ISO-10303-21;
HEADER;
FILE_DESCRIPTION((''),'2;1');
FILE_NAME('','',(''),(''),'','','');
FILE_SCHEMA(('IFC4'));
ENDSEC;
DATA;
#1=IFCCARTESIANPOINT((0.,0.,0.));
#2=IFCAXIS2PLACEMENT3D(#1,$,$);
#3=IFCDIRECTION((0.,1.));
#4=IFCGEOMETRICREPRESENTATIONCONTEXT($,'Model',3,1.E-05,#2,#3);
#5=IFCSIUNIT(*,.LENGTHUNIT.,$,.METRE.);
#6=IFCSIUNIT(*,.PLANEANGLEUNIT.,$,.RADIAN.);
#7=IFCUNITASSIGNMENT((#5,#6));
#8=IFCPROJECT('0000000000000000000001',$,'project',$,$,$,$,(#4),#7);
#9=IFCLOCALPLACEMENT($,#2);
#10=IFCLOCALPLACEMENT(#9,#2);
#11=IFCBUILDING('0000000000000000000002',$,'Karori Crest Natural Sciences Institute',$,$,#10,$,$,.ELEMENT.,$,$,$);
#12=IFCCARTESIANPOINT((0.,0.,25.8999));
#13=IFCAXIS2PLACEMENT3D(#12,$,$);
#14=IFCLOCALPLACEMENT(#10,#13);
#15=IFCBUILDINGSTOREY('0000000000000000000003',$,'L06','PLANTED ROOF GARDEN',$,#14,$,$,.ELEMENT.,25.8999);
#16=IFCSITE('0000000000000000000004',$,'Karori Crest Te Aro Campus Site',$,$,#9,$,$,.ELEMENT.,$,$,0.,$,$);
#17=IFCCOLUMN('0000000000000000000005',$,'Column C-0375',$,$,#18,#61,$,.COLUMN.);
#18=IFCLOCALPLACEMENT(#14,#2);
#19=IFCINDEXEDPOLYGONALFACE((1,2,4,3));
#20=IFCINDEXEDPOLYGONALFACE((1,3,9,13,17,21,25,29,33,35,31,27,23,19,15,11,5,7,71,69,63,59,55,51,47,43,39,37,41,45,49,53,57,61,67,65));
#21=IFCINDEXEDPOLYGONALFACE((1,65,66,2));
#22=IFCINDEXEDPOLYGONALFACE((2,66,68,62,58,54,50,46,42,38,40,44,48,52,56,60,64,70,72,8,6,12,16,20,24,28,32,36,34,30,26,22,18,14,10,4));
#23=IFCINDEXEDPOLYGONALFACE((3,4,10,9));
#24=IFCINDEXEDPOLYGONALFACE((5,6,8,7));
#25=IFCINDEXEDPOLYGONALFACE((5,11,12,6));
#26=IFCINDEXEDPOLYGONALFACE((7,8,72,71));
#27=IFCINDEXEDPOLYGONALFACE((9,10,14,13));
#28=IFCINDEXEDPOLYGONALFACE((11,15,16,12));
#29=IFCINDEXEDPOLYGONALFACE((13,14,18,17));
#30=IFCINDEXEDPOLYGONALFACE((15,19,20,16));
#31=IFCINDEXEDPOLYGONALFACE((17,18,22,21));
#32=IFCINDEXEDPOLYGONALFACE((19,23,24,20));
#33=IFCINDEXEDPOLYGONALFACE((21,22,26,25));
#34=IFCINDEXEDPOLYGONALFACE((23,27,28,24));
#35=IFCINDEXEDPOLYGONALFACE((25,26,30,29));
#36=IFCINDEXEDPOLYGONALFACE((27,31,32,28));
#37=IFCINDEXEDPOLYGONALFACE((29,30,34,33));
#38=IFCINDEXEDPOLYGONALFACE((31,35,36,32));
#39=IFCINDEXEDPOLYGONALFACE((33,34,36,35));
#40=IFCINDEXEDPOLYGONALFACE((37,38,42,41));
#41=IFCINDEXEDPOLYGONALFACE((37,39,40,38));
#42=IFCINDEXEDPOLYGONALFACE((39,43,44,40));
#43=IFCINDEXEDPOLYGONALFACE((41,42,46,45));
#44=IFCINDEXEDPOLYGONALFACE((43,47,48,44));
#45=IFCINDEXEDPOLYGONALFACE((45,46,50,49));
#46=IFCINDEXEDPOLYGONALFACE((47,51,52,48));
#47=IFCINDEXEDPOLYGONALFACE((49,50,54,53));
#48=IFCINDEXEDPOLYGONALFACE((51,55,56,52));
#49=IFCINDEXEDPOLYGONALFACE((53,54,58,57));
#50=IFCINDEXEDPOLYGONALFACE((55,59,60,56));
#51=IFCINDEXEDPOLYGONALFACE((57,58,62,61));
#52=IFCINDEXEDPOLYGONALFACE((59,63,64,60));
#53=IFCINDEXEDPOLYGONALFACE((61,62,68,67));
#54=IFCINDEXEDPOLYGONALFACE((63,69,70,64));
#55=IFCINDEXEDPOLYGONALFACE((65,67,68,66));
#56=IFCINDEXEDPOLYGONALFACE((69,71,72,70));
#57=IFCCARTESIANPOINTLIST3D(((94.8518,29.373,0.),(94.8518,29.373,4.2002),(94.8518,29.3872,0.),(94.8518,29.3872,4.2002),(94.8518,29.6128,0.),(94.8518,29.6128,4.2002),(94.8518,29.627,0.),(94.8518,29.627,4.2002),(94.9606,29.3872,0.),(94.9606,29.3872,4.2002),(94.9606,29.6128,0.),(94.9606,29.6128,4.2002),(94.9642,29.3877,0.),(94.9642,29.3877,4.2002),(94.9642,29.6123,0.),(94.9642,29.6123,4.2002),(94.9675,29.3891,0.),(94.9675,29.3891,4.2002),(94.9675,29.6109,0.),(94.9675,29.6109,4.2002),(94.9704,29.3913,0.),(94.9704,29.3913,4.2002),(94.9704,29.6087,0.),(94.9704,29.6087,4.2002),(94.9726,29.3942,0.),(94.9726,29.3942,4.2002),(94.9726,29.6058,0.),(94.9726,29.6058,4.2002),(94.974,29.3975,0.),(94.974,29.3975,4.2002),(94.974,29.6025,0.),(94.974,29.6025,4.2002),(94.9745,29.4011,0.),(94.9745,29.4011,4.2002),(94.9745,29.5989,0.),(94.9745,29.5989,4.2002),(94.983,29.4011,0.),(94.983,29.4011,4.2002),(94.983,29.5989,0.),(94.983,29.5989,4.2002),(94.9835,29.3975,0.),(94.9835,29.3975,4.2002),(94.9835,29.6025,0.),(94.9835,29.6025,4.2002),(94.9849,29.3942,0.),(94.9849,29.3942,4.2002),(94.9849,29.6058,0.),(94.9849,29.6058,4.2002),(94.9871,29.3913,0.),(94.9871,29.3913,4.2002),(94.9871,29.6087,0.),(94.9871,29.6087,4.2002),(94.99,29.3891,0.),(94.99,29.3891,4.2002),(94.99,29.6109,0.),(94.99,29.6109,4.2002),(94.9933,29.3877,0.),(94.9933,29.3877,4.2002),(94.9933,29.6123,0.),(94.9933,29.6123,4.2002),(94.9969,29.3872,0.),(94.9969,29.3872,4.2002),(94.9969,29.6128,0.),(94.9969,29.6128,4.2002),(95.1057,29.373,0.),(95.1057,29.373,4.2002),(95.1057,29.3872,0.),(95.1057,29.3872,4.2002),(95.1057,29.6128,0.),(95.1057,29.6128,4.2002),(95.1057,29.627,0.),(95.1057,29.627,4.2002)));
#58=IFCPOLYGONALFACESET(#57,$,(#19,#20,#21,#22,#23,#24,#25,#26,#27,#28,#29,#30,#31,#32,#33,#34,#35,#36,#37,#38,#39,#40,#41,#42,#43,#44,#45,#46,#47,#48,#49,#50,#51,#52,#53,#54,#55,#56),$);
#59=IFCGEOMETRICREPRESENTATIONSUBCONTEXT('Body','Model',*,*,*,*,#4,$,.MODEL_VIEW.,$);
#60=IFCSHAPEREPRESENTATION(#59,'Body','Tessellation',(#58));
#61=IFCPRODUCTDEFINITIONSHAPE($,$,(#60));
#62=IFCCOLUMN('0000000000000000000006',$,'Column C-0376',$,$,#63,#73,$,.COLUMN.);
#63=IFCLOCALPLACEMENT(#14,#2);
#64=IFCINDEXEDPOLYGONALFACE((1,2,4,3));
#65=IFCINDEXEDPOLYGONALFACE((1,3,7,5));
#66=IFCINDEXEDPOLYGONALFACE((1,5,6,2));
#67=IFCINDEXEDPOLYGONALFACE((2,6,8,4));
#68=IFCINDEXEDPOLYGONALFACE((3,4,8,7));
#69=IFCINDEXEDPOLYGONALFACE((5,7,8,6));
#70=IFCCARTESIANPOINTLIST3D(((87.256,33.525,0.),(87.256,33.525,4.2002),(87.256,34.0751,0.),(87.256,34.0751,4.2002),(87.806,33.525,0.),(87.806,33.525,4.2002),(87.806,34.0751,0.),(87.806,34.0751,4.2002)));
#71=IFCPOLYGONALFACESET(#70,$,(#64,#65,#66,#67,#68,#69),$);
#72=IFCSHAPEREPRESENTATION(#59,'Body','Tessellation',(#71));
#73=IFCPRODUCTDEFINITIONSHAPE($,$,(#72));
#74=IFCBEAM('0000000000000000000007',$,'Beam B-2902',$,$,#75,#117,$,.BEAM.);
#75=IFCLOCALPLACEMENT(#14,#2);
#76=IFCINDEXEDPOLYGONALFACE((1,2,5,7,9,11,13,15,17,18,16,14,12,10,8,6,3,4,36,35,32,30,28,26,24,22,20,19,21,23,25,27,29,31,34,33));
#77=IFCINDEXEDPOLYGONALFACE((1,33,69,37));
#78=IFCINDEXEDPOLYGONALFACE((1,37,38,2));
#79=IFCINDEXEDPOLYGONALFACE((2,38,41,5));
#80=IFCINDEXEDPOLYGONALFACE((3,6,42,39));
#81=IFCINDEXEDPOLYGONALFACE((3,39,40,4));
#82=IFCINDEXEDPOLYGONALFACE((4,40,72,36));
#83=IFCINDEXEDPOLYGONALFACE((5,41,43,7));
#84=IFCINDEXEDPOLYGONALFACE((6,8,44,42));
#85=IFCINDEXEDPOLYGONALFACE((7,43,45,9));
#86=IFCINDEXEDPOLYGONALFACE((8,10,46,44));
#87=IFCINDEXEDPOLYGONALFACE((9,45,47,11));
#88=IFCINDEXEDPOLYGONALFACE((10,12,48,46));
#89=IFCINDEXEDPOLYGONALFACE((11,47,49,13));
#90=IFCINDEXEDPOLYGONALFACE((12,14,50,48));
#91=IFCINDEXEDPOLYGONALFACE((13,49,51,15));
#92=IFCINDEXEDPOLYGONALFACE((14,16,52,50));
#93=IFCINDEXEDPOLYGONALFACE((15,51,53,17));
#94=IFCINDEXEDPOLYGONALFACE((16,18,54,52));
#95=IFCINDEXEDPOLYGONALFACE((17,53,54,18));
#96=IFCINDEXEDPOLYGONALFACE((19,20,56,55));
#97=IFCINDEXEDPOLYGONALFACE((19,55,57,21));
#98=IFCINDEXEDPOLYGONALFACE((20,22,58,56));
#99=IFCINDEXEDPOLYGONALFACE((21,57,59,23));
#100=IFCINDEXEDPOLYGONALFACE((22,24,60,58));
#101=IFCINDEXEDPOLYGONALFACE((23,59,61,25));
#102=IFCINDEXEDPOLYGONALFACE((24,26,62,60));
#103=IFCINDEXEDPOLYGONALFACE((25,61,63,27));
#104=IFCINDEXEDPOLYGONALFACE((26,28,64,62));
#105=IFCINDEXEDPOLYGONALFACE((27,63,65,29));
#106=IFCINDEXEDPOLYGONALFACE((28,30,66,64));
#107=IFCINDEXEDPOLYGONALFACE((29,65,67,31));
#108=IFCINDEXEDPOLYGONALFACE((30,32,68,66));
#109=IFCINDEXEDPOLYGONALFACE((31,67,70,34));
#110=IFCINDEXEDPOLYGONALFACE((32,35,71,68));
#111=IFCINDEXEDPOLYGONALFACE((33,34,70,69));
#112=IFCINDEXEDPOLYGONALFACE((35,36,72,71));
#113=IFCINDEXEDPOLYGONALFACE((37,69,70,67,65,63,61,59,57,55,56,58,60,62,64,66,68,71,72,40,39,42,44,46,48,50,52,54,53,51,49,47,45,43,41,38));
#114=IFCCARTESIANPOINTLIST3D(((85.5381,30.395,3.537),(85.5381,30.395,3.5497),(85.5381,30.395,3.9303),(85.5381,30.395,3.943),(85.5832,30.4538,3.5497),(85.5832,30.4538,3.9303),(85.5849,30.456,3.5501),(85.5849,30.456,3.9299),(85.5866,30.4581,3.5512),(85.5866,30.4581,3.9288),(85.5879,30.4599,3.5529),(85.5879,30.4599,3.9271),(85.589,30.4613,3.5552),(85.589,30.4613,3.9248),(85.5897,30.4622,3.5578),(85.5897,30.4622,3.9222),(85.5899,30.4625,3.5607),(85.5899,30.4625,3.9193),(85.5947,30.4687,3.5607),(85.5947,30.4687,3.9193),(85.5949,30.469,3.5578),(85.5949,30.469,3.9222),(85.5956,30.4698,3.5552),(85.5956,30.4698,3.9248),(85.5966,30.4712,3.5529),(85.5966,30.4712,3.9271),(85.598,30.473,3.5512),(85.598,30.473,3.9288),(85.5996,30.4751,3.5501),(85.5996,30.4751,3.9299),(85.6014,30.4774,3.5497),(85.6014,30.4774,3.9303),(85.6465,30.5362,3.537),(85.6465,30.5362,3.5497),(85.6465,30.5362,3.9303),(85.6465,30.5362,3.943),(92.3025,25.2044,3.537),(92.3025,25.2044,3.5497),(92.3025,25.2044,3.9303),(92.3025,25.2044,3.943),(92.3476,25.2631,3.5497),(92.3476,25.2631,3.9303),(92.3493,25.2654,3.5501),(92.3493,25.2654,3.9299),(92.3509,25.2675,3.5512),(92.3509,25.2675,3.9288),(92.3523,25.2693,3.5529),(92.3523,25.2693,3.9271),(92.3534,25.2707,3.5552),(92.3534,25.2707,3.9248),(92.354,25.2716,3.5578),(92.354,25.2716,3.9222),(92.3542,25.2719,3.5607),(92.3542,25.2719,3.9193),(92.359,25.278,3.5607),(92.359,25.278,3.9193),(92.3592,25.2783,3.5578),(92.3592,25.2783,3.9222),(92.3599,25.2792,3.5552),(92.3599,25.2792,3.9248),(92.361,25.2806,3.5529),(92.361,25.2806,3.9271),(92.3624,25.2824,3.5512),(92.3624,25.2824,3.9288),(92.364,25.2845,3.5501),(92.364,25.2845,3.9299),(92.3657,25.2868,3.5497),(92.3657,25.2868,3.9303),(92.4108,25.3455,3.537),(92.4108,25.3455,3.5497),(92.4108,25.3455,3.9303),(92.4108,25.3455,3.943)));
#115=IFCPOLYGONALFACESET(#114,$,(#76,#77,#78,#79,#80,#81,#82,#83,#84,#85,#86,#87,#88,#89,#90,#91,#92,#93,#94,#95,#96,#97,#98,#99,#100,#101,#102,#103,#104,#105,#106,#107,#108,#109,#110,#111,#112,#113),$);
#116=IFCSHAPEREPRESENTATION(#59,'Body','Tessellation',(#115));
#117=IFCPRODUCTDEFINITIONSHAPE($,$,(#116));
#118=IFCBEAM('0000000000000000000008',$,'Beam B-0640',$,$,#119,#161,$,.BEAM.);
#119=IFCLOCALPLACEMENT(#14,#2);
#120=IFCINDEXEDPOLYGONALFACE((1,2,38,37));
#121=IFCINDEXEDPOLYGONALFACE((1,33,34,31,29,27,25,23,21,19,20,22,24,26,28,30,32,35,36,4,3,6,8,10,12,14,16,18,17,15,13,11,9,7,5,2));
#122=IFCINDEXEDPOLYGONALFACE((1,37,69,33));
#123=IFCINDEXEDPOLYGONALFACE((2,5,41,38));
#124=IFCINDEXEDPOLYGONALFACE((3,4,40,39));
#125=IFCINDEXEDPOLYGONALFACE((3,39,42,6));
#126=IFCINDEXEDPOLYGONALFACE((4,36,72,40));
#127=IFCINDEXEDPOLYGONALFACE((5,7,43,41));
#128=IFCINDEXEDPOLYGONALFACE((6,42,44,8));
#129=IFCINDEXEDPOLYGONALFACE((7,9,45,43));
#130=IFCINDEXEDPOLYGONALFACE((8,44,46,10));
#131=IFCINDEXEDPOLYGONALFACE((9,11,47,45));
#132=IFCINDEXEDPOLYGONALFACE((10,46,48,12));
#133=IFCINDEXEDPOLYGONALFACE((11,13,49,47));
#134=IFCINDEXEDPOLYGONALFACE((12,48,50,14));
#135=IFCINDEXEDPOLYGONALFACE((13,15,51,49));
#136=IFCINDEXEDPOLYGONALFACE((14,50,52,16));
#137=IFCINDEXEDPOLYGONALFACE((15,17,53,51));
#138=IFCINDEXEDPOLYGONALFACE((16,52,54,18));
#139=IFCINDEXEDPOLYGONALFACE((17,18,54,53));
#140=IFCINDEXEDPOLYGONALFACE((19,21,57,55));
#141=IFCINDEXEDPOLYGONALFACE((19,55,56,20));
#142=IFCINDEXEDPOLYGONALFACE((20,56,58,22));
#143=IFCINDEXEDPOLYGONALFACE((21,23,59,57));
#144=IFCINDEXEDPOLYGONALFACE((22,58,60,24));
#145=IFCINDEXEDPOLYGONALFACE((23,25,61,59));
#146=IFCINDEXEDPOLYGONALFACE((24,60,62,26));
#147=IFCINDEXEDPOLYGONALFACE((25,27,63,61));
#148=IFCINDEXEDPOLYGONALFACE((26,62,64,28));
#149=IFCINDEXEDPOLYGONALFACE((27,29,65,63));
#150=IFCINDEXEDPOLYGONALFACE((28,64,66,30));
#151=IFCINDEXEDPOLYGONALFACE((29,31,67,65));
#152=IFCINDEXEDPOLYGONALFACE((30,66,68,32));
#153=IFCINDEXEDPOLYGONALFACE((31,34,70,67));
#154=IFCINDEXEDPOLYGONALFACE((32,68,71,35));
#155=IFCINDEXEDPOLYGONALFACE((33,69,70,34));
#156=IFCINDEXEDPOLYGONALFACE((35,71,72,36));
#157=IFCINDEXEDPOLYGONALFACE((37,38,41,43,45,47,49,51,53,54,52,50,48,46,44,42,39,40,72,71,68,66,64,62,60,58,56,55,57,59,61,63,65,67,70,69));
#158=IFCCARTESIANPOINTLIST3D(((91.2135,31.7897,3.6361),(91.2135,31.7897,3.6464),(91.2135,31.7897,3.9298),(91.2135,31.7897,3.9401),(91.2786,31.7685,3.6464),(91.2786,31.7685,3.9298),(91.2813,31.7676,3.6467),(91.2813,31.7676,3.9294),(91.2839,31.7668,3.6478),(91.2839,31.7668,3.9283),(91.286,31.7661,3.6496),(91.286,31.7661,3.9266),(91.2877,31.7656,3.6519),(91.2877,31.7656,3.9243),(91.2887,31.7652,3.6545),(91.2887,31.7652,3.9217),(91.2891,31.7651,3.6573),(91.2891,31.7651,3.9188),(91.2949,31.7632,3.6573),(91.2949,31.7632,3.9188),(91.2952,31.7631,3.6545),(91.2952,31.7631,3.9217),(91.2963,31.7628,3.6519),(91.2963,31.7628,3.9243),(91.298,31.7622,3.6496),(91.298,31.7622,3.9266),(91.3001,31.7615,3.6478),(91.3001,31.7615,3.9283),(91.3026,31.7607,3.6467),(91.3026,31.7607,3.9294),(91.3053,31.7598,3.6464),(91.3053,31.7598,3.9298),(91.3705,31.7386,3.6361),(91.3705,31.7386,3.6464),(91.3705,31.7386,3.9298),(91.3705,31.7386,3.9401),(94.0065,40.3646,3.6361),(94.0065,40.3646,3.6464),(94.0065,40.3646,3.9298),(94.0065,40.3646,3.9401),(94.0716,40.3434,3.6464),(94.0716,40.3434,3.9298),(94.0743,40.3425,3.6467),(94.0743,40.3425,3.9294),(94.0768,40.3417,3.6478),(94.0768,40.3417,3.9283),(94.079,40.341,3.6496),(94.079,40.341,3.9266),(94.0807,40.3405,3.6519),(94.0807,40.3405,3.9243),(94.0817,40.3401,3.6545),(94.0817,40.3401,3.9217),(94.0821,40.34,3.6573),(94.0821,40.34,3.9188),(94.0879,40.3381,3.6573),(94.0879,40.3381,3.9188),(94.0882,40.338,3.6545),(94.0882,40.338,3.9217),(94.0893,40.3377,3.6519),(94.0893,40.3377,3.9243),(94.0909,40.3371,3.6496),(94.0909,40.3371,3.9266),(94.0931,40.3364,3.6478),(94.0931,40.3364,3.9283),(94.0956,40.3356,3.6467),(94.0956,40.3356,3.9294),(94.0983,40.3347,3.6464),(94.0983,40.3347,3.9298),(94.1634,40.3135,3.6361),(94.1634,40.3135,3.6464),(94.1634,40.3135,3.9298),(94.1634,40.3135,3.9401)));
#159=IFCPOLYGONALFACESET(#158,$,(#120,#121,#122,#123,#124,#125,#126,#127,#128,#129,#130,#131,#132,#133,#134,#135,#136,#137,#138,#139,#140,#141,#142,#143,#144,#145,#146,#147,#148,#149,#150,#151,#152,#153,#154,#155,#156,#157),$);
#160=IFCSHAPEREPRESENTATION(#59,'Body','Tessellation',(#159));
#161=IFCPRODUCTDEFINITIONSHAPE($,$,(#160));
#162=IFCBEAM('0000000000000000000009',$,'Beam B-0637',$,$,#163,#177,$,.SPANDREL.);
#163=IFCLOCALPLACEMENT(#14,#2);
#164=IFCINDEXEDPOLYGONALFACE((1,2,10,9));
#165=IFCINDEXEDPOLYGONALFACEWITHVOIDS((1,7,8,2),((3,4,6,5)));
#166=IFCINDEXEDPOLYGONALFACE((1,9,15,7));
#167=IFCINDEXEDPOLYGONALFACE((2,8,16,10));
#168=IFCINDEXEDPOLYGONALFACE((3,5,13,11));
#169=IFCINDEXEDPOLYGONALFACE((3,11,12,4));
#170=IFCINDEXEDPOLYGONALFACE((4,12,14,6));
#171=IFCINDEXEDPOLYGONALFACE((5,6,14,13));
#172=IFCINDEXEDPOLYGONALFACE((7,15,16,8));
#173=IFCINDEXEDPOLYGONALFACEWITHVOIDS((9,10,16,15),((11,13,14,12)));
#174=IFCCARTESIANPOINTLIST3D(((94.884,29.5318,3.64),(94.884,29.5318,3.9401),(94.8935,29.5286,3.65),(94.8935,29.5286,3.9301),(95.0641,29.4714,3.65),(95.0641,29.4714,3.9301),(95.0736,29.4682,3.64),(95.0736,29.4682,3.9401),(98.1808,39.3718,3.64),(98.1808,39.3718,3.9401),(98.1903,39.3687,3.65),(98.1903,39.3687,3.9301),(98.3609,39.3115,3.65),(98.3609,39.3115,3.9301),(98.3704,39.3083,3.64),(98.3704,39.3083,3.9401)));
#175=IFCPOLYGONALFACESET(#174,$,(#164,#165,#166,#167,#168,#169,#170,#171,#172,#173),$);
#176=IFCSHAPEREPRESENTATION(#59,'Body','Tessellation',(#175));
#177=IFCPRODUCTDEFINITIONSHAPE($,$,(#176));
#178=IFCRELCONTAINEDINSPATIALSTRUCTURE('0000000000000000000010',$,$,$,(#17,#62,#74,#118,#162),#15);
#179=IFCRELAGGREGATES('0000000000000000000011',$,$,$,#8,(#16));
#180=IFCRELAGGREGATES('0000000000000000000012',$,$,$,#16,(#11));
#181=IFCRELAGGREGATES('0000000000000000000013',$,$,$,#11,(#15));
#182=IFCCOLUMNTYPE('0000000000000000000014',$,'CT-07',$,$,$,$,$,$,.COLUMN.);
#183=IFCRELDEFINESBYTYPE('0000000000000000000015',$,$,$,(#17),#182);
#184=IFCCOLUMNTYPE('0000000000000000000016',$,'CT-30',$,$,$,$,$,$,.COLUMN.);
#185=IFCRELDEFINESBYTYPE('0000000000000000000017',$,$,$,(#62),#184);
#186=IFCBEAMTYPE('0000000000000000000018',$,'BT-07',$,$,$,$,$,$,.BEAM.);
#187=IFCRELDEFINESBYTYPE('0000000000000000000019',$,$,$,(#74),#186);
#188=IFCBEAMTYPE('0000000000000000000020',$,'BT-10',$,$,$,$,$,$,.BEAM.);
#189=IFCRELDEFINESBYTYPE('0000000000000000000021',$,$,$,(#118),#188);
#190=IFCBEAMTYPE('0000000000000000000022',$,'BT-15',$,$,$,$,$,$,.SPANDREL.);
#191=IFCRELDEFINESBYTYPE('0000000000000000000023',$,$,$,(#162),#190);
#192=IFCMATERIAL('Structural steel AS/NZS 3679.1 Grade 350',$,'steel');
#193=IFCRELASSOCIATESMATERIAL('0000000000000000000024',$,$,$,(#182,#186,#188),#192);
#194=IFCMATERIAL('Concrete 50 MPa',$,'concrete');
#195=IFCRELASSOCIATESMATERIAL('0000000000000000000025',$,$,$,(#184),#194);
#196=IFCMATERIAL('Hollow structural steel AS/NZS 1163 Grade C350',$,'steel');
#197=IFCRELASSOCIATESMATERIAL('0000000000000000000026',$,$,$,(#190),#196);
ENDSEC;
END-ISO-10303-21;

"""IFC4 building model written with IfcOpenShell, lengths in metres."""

from ifc_helpers import new_model, si_unit, direction, frame, origin, origin_2d, place, context, subcontext, project, spatial, rectangle, hollow_rectangle, i_section, extrude, material, material_profile, profile_set, type_object, element, save


model = new_model("IFC4")

# Units and contexts
model_context = context("Model", 3, precision=1e-05, world=origin(), true_north=direction((0.0, 1.0)))
body_context = subcontext(model_context, "Body", "Model", "MODEL_VIEW")
ifc_project = project(units=[si_unit("LENGTHUNIT", "METRE"), si_unit("PLANEANGLEUNIT", "RADIAN")], contexts=[model_context])

# Site, building, storey
site_placement = place(None, origin())
site = spatial("IfcSite", under=ifc_project, at=site_placement, Name="Karori Crest Te Aro Campus Site", CompositionType="ELEMENT", RefElevation=0.0)
building_placement = place(site_placement, origin())
building = spatial("IfcBuilding", under=site, at=building_placement, Name="Karori Crest Natural Sciences Institute", CompositionType="ELEMENT")
storey_placement = place(building_placement, frame((0.0, 0.0, 25.8999)))
storey = spatial("IfcBuildingStorey", under=building, at=storey_placement, Name="L06", Description="PLANTED ROOF GARDEN", CompositionType="ELEMENT", Elevation=25.8999)

# Columns
ifc_material_1 = material(Name="Structural steel AS/NZS 3679.1 Grade 350", Category="steel")
ifc_material_profile_1 = material_profile(ifc_material_1, i_section(OverallWidth=0.2539, OverallDepth=0.2539, WebThickness=0.0085, FlangeThickness=0.0142, FilletRadius=0.0139, at=origin_2d()), Name="250UC72.9")
ifc_profile_set_1 = profile_set([ifc_material_profile_1], Name="Structural steel AS/NZS 3679.1 Grade 350")
column_type_1 = type_object("IfcColumnType", Name="CT-07", PredefinedType="COLUMN", material=ifc_profile_set_1)
column_1_placement = place(storey_placement, frame((94.9788, 29.5, 0.0), z_axis=(0.0, 0.0, 1.0), x_axis=(1.0, 0.0, 0.0)))
element("IfcColumn", 1, at=column_1_placement, inside=storey, type_object=column_type_1, Name="Column C-0375", PredefinedType="COLUMN", context=body_context, shape_type="SweptSolid", body=[
    extrude(i_section(OverallWidth=0.2539, OverallDepth=0.2539, WebThickness=0.0085, FlangeThickness=0.0142, FilletRadius=0.0139, at=origin_2d()), origin(), (0.0, 0.0, 1.0), 4.2002),
])
ifc_material_2 = material(Name="Concrete 50 MPa", Category="concrete")
ifc_material_profile_2 = material_profile(ifc_material_2, rectangle(XDim=0.55, YDim=0.55, at=origin_2d()), Name="RC550x550")
ifc_profile_set_2 = profile_set([ifc_material_profile_2], Name="Concrete 50 MPa")
column_type_2 = type_object("IfcColumnType", Name="CT-30", PredefinedType="COLUMN", material=ifc_profile_set_2)
column_2_placement = place(storey_placement, frame((87.531, 33.8, 0.0), z_axis=(0.0, 0.0, 1.0), x_axis=(1.0, 0.0, 0.0)))
element("IfcColumn", 2, at=column_2_placement, inside=storey, type_object=column_type_2, Name="Column C-0376", PredefinedType="COLUMN", context=body_context, shape_type="SweptSolid", body=[
    extrude(rectangle(XDim=0.55, YDim=0.55, at=origin_2d()), origin(), (0.0, 0.0, 1.0), 4.2002),
])

# Beams
ifc_material_profile_3 = material_profile(ifc_material_1, i_section(OverallWidth=0.178, OverallDepth=0.406, WebThickness=0.0078, FlangeThickness=0.0127, FilletRadius=0.011, at=origin_2d()), Name="410UB59.7")
ifc_profile_set_3 = profile_set([ifc_material_profile_3], Name="Structural steel AS/NZS 3679.1 Grade 350")
beam_type_1 = type_object("IfcBeamType", Name="BT-07", PredefinedType="BEAM", material=ifc_profile_set_3)
beam_1_placement = place(storey_placement, frame((85.5923, 30.4656, 3.74), z_axis=(0.793344, -0.608774, 0.0), x_axis=(0.608774, 0.793344, 0.0)))
element("IfcBeam", 3, at=beam_1_placement, inside=storey, type_object=beam_type_1, Name="Beam B-2902", PredefinedType="BEAM", context=body_context, shape_type="SweptSolid", body=[
    extrude(i_section(OverallWidth=0.178, OverallDepth=0.406, WebThickness=0.0078, FlangeThickness=0.0127, FilletRadius=0.011, at=origin_2d()), origin(), (0.0, 0.0, 1.0), 8.5264),
])
ifc_material_profile_4 = material_profile(ifc_material_1, i_section(OverallWidth=0.165, OverallDepth=0.304, WebThickness=0.0061, FlangeThickness=0.0103, FilletRadius=0.011, at=origin_2d()), Name="310UB40.4")
ifc_profile_set_4 = profile_set([ifc_material_profile_4], Name="Structural steel AS/NZS 3679.1 Grade 350")
beam_type_2 = type_object("IfcBeamType", Name="BT-10", PredefinedType="BEAM", material=ifc_profile_set_4)
beam_2_placement = place(storey_placement, frame((91.292, 31.7642, 3.7881), z_axis=(0.309699, 0.950835, 0.0), x_axis=(-0.950835, 0.309699, 0.0)))
element("IfcBeam", 4, at=beam_2_placement, inside=storey, type_object=beam_type_2, Name="Beam B-0640", PredefinedType="BEAM", context=body_context, shape_type="SweptSolid", body=[
    extrude(i_section(OverallWidth=0.165, OverallDepth=0.304, WebThickness=0.0061, FlangeThickness=0.0103, FilletRadius=0.011, at=origin_2d()), origin(), (0.0, 0.0, 1.0), 9.0183),
])
ifc_material_3 = material(Name="Hollow structural steel AS/NZS 1163 Grade C350", Category="steel")
ifc_material_profile_5 = material_profile(ifc_material_3, hollow_rectangle(XDim=0.2, YDim=0.3, WallThickness=0.01, at=origin_2d()), Name="RHS300x200x10")
ifc_profile_set_5 = profile_set([ifc_material_profile_5], Name="Hollow structural steel AS/NZS 1163 Grade C350")
beam_type_3 = type_object("IfcBeamType", Name="BT-15", PredefinedType="SPANDREL", material=ifc_profile_set_5)
beam_3_placement = place(storey_placement, frame((94.9788, 29.5, 3.79), z_axis=(0.317688, 0.948195, 0.0), x_axis=(-0.948195, 0.317688, 0.0)))
element("IfcBeam", 5, at=beam_3_placement, inside=storey, type_object=beam_type_3, Name="Beam B-0637", PredefinedType="SPANDREL", context=body_context, shape_type="SweptSolid", body=[
    extrude(hollow_rectangle(XDim=0.2, YDim=0.3, WallThickness=0.01, at=origin_2d()), origin(), (0.0, 0.0, 1.0), 10.3777),
])

save(model, "model.ifc")
